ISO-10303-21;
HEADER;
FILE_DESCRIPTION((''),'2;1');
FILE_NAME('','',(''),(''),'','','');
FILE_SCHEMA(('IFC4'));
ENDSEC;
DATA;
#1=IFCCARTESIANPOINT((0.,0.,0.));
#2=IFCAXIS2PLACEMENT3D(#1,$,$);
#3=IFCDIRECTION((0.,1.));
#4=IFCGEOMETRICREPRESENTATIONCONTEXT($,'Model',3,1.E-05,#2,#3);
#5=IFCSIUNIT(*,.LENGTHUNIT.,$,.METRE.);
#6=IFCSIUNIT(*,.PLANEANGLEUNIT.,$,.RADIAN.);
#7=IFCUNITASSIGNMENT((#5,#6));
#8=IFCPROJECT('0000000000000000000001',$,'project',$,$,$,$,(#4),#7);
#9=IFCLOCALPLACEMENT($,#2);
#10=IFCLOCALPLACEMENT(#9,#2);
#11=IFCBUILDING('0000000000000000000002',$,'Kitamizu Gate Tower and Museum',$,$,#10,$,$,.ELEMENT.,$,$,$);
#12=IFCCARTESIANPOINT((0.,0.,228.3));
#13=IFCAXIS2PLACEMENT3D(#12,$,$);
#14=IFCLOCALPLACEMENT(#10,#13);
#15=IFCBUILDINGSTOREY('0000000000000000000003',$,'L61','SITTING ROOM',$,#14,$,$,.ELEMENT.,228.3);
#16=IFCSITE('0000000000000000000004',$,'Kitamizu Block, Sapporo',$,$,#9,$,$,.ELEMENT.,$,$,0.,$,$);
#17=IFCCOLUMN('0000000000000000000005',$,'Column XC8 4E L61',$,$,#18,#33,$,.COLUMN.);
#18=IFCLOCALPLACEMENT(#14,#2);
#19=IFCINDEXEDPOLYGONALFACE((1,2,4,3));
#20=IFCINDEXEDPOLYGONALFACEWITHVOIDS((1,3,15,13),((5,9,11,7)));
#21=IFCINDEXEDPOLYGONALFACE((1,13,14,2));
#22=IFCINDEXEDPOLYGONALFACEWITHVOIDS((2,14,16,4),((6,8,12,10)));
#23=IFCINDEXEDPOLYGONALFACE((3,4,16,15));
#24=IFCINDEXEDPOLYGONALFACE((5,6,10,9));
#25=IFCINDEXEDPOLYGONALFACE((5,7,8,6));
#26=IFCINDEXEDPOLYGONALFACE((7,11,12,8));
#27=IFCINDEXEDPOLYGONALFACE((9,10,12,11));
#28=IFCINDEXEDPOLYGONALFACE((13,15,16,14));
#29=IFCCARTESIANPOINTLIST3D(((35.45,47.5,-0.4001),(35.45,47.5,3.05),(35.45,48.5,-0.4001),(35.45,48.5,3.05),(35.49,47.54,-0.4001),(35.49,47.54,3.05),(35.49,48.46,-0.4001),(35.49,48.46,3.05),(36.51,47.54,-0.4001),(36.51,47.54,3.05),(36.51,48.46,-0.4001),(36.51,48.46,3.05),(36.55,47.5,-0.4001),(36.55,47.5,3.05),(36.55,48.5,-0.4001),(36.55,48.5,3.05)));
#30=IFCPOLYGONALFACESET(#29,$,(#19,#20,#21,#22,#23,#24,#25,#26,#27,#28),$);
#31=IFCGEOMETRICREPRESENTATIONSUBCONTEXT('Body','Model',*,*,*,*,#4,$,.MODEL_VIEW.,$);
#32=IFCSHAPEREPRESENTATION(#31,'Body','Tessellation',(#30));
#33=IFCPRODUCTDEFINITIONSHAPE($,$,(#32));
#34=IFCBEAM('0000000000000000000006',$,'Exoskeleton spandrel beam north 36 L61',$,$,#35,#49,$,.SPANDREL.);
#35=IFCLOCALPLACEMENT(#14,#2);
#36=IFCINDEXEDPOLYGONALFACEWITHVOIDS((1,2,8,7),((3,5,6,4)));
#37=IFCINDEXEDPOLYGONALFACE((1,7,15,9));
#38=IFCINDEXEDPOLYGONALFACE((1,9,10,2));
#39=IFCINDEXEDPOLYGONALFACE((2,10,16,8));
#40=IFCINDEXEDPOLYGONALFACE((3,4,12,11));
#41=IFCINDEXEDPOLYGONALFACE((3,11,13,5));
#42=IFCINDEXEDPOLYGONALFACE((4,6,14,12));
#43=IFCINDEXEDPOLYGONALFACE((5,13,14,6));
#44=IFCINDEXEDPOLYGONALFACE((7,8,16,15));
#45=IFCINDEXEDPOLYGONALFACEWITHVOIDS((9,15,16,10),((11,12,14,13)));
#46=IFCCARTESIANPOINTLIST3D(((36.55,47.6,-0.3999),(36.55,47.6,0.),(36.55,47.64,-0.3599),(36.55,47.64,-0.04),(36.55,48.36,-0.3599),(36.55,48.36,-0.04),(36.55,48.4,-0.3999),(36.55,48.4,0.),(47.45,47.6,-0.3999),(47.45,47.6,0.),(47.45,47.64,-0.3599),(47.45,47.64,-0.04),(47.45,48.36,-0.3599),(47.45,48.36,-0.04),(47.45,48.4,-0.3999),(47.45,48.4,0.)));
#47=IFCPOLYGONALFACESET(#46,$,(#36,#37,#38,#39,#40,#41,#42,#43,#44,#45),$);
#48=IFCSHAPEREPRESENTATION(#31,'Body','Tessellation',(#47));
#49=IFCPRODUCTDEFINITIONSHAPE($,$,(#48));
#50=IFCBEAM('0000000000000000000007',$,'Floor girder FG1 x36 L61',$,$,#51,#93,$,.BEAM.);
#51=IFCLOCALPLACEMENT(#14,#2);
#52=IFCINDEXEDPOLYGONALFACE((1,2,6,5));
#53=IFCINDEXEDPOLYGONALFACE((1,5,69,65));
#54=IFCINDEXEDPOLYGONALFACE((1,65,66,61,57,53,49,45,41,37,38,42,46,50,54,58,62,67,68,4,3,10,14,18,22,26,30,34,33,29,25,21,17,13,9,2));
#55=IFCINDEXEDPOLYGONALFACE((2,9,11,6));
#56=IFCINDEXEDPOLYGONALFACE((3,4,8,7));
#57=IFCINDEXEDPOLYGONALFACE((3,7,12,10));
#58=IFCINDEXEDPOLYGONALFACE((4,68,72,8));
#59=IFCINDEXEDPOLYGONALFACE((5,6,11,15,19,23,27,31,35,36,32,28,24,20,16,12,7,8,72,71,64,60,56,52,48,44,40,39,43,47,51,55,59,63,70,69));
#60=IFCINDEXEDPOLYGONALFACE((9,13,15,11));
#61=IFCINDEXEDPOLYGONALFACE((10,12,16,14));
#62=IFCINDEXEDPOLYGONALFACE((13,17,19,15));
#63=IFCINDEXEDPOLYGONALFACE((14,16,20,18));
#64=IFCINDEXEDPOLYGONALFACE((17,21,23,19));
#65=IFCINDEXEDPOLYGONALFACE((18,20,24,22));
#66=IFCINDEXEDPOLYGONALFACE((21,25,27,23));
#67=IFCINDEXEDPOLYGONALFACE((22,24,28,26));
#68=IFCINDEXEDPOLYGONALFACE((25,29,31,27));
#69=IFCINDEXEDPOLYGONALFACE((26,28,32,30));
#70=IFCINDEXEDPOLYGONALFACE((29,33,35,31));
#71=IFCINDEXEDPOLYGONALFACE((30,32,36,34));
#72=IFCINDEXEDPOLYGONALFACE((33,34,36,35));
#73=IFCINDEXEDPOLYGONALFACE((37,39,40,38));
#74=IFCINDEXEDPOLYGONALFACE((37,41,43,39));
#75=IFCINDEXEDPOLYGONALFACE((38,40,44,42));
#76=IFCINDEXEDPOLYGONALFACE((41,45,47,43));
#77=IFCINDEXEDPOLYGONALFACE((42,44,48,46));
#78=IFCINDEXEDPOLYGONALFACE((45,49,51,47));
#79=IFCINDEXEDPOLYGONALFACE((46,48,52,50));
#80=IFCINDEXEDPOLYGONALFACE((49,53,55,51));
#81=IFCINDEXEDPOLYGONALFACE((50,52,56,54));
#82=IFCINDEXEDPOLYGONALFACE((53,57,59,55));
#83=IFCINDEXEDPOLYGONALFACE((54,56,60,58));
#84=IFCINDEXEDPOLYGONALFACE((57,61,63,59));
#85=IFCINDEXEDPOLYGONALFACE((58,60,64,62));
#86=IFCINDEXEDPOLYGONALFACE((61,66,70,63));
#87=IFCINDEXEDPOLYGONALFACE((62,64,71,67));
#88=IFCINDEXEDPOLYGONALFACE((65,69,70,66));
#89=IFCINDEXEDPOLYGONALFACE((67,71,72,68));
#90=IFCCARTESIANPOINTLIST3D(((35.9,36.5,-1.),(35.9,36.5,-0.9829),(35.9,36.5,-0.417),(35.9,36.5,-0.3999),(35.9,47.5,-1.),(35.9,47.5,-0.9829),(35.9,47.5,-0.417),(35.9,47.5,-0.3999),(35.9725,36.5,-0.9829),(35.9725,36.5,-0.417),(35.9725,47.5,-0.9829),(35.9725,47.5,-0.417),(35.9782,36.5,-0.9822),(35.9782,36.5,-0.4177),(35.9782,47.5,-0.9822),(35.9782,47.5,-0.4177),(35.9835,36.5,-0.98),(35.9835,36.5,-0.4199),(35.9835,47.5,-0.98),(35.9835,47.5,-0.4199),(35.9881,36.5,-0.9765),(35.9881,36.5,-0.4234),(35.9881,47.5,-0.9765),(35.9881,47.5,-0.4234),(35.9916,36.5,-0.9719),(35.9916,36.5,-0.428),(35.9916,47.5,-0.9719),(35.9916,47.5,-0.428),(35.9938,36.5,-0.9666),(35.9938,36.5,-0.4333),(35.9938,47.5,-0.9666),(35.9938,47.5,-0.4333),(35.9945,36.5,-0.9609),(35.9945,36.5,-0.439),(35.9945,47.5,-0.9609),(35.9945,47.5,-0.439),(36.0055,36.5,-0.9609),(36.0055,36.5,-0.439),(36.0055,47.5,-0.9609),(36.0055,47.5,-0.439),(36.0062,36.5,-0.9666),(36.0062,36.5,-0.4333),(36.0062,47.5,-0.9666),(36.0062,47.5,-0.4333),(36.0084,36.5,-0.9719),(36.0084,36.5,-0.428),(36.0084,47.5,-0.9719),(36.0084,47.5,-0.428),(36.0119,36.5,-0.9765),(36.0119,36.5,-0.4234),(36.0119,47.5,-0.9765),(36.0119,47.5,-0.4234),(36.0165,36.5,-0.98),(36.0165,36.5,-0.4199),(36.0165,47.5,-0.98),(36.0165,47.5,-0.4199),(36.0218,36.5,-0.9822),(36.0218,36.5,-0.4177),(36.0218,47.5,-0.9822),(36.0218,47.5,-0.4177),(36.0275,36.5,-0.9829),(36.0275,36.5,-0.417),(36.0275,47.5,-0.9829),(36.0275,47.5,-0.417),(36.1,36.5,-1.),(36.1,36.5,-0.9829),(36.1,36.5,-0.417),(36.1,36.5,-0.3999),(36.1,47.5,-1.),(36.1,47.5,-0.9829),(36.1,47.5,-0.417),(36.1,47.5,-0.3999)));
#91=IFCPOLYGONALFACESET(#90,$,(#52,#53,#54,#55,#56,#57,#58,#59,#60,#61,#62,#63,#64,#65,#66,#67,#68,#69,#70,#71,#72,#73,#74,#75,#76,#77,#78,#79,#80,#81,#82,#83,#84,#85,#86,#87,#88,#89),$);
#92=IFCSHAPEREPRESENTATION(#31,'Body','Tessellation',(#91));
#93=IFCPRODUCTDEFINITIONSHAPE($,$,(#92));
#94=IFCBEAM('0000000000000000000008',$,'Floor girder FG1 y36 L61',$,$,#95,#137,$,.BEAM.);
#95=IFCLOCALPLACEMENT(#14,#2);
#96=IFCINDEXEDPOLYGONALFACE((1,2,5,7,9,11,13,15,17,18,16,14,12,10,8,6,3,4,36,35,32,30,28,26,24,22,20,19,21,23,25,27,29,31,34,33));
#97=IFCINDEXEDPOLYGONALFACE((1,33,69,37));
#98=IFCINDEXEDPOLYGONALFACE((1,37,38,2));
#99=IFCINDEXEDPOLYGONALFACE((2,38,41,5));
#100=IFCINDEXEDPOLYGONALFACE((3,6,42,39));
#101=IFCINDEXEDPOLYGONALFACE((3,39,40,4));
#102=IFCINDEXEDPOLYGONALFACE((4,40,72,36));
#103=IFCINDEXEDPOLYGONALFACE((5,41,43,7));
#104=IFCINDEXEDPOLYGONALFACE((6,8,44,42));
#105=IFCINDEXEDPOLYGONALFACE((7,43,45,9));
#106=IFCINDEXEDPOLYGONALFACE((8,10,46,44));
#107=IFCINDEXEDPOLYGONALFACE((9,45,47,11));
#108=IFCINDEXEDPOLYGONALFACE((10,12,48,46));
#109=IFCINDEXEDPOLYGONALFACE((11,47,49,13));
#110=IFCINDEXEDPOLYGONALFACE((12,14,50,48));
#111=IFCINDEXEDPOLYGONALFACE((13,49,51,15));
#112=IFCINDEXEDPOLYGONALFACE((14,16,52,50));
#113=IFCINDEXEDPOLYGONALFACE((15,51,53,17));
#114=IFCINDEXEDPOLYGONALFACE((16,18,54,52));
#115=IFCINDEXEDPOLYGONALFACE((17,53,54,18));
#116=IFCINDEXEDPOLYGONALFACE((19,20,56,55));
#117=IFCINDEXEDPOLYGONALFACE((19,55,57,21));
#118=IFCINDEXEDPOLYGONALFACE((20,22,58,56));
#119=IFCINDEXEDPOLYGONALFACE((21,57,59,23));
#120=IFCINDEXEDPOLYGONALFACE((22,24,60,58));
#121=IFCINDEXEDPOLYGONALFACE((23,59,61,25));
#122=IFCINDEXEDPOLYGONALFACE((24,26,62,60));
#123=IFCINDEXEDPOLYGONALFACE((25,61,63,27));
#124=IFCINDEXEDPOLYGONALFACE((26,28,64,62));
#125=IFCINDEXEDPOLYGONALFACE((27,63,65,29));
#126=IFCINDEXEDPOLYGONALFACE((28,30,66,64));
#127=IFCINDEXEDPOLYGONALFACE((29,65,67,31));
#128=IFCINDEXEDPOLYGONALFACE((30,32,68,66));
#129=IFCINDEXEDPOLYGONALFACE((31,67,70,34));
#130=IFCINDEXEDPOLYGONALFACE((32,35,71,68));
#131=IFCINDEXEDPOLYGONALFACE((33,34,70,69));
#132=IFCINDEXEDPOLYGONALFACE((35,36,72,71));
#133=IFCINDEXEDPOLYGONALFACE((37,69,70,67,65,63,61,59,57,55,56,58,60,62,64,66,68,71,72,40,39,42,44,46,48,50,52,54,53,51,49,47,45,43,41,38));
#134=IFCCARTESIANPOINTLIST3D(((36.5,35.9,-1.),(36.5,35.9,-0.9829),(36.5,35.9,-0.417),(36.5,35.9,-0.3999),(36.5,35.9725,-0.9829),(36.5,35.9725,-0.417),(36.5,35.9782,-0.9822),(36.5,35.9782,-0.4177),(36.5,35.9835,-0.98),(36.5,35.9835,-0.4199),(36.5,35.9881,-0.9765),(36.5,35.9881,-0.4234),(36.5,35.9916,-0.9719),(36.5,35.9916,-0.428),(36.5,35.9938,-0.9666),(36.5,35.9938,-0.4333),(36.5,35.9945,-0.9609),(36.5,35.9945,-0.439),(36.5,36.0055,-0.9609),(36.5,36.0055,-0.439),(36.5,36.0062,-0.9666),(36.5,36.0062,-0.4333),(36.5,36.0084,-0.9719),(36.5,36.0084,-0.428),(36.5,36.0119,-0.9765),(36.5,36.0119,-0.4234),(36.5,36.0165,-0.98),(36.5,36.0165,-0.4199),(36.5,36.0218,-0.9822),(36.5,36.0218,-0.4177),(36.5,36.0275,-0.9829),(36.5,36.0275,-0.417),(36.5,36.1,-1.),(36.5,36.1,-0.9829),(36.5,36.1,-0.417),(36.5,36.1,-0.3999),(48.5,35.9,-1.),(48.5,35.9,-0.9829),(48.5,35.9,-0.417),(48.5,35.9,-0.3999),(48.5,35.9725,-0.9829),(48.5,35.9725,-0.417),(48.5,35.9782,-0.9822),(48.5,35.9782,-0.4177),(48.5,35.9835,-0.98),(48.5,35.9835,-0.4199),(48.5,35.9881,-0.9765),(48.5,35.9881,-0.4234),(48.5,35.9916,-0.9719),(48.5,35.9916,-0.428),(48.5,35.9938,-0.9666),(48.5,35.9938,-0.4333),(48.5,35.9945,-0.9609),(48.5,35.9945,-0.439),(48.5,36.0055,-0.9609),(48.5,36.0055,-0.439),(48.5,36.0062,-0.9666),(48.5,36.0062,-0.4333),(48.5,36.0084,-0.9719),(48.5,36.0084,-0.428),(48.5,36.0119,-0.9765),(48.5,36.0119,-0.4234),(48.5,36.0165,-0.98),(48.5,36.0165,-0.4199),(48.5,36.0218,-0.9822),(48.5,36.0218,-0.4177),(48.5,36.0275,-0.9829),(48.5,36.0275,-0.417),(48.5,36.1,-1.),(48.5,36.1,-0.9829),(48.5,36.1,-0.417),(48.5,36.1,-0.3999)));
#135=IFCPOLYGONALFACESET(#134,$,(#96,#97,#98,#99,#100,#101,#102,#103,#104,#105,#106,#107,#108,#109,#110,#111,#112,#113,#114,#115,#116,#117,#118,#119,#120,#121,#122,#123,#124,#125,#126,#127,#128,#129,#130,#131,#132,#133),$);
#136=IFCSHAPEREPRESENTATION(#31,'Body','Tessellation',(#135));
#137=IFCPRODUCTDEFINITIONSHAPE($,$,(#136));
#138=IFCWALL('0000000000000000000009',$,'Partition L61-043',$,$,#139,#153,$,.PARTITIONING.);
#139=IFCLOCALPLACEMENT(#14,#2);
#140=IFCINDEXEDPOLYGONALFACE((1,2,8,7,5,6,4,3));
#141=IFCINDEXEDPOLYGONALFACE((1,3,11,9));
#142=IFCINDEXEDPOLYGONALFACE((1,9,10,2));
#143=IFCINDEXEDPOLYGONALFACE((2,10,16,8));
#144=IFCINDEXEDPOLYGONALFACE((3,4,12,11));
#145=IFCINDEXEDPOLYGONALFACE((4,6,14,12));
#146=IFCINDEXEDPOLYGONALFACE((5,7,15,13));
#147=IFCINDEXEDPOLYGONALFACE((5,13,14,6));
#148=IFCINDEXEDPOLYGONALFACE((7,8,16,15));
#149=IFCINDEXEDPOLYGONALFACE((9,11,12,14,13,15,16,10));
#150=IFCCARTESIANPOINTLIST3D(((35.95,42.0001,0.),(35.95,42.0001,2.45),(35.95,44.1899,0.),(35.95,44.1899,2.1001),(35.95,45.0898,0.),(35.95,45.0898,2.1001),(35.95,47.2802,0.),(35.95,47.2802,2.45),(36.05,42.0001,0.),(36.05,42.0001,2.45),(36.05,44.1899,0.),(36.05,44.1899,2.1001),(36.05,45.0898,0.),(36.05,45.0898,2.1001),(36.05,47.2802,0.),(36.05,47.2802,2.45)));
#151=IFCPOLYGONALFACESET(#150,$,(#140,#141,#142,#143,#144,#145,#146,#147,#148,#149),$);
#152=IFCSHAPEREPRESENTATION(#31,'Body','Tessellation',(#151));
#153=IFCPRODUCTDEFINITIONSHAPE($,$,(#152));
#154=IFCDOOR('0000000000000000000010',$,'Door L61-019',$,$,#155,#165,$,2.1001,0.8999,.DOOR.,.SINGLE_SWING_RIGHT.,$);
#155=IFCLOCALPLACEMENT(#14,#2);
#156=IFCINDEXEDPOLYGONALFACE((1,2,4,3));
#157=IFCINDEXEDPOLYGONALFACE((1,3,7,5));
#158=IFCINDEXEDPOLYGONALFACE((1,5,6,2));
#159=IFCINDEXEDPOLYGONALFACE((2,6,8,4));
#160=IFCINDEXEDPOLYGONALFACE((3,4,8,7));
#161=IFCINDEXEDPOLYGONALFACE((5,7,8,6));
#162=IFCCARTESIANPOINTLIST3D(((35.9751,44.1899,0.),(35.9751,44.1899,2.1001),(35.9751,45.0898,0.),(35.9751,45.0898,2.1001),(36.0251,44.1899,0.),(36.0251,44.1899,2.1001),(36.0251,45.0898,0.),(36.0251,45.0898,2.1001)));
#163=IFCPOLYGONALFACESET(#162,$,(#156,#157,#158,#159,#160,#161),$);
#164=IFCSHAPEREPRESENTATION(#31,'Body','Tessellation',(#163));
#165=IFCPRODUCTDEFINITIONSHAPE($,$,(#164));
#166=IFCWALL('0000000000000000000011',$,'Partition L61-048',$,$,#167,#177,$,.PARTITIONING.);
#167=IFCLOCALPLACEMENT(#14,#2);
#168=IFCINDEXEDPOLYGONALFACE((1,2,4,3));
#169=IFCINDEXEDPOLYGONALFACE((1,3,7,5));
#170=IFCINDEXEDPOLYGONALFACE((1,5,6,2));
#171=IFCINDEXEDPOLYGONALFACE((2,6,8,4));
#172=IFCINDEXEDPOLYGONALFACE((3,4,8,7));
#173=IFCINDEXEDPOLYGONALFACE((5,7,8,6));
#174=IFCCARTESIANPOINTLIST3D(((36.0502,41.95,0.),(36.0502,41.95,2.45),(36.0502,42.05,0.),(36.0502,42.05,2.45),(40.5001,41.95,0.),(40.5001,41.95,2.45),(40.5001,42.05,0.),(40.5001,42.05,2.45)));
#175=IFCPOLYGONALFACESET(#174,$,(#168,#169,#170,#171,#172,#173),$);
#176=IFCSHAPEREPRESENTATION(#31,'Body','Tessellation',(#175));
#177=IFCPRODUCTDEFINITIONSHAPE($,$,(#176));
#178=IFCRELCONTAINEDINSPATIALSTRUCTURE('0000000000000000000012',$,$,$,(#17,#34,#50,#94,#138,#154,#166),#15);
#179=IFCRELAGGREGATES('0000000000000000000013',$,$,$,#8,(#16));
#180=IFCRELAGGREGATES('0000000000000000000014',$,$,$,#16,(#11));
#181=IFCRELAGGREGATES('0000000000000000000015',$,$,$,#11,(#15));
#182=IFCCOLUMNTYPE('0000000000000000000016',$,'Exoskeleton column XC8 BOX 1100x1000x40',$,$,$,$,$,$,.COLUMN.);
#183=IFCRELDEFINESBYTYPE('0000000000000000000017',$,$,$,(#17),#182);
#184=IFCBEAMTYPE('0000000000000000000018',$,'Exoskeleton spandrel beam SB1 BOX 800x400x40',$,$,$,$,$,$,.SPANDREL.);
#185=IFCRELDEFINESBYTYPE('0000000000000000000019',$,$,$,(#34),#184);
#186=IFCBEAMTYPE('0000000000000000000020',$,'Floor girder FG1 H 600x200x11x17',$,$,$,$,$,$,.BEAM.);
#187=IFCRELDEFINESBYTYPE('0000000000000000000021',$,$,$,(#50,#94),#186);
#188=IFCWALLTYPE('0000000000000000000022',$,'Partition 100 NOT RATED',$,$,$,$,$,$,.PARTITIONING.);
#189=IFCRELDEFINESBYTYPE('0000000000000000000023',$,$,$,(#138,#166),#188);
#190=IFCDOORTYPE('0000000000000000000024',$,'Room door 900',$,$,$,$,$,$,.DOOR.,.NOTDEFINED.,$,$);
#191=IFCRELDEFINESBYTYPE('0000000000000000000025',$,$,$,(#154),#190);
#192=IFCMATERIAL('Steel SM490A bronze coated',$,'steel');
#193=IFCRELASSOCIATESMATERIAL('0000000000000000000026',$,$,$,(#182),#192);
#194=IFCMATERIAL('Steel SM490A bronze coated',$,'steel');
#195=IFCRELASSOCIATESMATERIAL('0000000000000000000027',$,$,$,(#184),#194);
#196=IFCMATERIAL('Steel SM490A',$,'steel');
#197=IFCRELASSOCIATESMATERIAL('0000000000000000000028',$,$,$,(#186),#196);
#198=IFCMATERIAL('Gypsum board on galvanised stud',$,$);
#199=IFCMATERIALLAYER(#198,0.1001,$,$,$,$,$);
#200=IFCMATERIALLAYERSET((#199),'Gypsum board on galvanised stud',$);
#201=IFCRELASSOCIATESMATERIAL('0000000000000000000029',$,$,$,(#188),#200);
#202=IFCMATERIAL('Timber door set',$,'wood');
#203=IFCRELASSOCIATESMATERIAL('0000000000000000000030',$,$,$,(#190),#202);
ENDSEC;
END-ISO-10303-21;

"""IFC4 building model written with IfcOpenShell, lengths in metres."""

from ifc_helpers import new_model, si_unit, direction, frame, frame_2d, origin, origin_2d, place, context, subcontext, project, spatial, rectangle, hollow_rectangle, i_section, extrude, material, layer, layer_set, material_profile, profile_set, type_object, element, fill, save


model = new_model("IFC4")

# Units and contexts
model_context = context("Model", 3, precision=1e-05, world=origin(), true_north=direction((0.0, 1.0)))
body_context = subcontext(model_context, "Body", "Model", "MODEL_VIEW")
ifc_project = project(units=[si_unit("LENGTHUNIT", "METRE"), si_unit("PLANEANGLEUNIT", "RADIAN")], contexts=[model_context])

# Site, building, storey
site_placement = place(None, origin())
site = spatial("IfcSite", under=ifc_project, at=site_placement, Name="Kitamizu Block, Sapporo", CompositionType="ELEMENT", RefElevation=0.0)
building_placement = place(site_placement, origin())
building = spatial("IfcBuilding", under=site, at=building_placement, Name="Kitamizu Gate Tower and Museum", CompositionType="ELEMENT")
storey_placement = place(building_placement, frame((0.0, 0.0, 228.3)))
storey = spatial("IfcBuildingStorey", under=building, at=storey_placement, Name="L61", Description="SITTING ROOM", CompositionType="ELEMENT", Elevation=228.3)

# Column
ifc_material_1 = material(Name="Steel SM490A bronze coated", Category="steel")
ifc_material_profile_1 = material_profile(ifc_material_1, hollow_rectangle(XDim=1.1001, YDim=1.0, WallThickness=0.04, at=origin_2d()), Name="BOX 1100x1000x40")
ifc_profile_set_1 = profile_set([ifc_material_profile_1], Name="Steel SM490A bronze coated")
column_type = type_object("IfcColumnType", Name="Exoskeleton column XC8 BOX 1100x1000x40", PredefinedType="COLUMN", material=ifc_profile_set_1)
column_placement = place(storey_placement, frame((36.0, 48.0, -0.4001), z_axis=(0.0, 0.0, 1.0), x_axis=(1.0, 0.0, 0.0)))
element("IfcColumn", 1, at=column_placement, inside=storey, type_object=column_type, Name="Column XC8 4E L61", PredefinedType="COLUMN", context=body_context, shape_type="SweptSolid", body=[
    extrude(hollow_rectangle(XDim=1.1001, YDim=1.0, WallThickness=0.04, at=origin_2d()), origin(), (0.0, 0.0, 1.0), 3.4502),
])

# Beams
ifc_material_2 = material(Name="Steel SM490A bronze coated", Category="steel")
ifc_material_profile_2 = material_profile(ifc_material_2, hollow_rectangle(XDim=0.8, YDim=0.3999, WallThickness=0.04, at=origin_2d()), Name="BOX 800x400x40")
ifc_profile_set_2 = profile_set([ifc_material_profile_2], Name="Steel SM490A bronze coated")
beam_type_1 = type_object("IfcBeamType", Name="Exoskeleton spandrel beam SB1 BOX 800x400x40", PredefinedType="SPANDREL", material=ifc_profile_set_2)
beam_1_placement = place(storey_placement, frame((36.55, 48.0, -0.2), z_axis=(1.0, 0.0, 0.0), x_axis=(0.0, 1.0, 0.0)))
element("IfcBeam", 2, at=beam_1_placement, inside=storey, type_object=beam_type_1, Name="Exoskeleton spandrel beam north 36 L61", PredefinedType="SPANDREL", context=body_context, shape_type="SweptSolid", body=[
    extrude(hollow_rectangle(XDim=0.8, YDim=0.3999, WallThickness=0.04, at=origin_2d()), origin(), (0.0, 0.0, 1.0), 10.8999),
])
ifc_material_3 = material(Name="Steel SM490A", Category="steel")
ifc_material_profile_3 = material_profile(ifc_material_3, i_section(OverallWidth=0.2, OverallDepth=0.6001, WebThickness=0.011, FlangeThickness=0.0171, FilletRadius=0.022, at=origin_2d()), Name="H-600x200x11x17")
ifc_profile_set_3 = profile_set([ifc_material_profile_3], Name="Steel SM490A")
beam_type_2 = type_object("IfcBeamType", Name="Floor girder FG1 H 600x200x11x17", PredefinedType="BEAM", material=ifc_profile_set_3)
beam_2_placement = place(storey_placement, frame((36.0, 36.5, -0.7), z_axis=(0.0, 1.0, 0.0), x_axis=(-1.0, 0.0, 0.0)))
element("IfcBeam", 3, at=beam_2_placement, inside=storey, type_object=beam_type_2, Name="Floor girder FG1 x36 L61", PredefinedType="BEAM", context=body_context, shape_type="SweptSolid", body=[
    extrude(i_section(OverallWidth=0.2, OverallDepth=0.6001, WebThickness=0.011, FlangeThickness=0.0171, FilletRadius=0.022, at=origin_2d()), origin(), (0.0, 0.0, 1.0), 11.0),
])
beam_3_placement = place(storey_placement, frame((36.5, 36.0, -0.7), z_axis=(1.0, 0.0, 0.0), x_axis=(0.0, 1.0, 0.0)))
element("IfcBeam", 4, at=beam_3_placement, inside=storey, type_object=beam_type_2, Name="Floor girder FG1 y36 L61", PredefinedType="BEAM", context=body_context, shape_type="SweptSolid", body=[
    extrude(i_section(OverallWidth=0.2, OverallDepth=0.6001, WebThickness=0.011, FlangeThickness=0.0171, FilletRadius=0.022, at=origin_2d()), origin(), (0.0, 0.0, 1.0), 12.0),
])

# Wall, opening, door
ifc_material_4 = material(Name="Gypsum board on galvanised stud")
ifc_layer_1 = layer(ifc_material_4, 0.1001)
ifc_layer_set_1 = layer_set([ifc_layer_1], Name="Gypsum board on galvanised stud")
wall_type_1 = type_object("IfcWallType", Name="Partition 100 NOT RATED", PredefinedType="PARTITIONING", material=ifc_layer_set_1)
wall_1_placement = place(storey_placement, frame((36.0, 42.0, 0.0), z_axis=(0.0, 0.0, 1.0), x_axis=(0.0, 1.0, 0.0)))
wall_1 = element("IfcWall", 5, at=wall_1_placement, inside=storey, type_object=wall_type_1, Name="Partition L61-043", PredefinedType="PARTITIONING", context=body_context, shape_type="SweptSolid", body=[
    extrude(rectangle(XDim=5.28, YDim=0.1001, at=frame_2d((2.6401, 0.0))), origin(), (0.0, 0.0, 1.0), 2.45),
])
opening_1_placement = place(wall_1_placement, frame((2.1899, 0.0, 0.0)))
opening_1 = element("IfcOpeningElement", 6, at=opening_1_placement, cuts=wall_1, PredefinedType="OPENING", context=body_context, shape_type="SweptSolid", body=[
    extrude(rectangle(XDim=0.8999, YDim=2.1001, at=frame_2d((0.45, 1.05))), frame((0.0, 0.0601, 0.0), z_axis=(0.0, -1.0, 0.0), x_axis=(1.0, 0.0, 0.0)), (0.0, 0.0, 1.0), 0.1201),
])
ifc_material_5 = material(Name="Timber door set", Category="wood")
door_type_1 = type_object("IfcDoorType", Name="Room door 900", OperationType="NOTDEFINED", PredefinedType="DOOR", material=ifc_material_5)
door_1_placement = place(opening_1_placement, origin())
door_1 = element("IfcDoor", 7, at=door_1_placement, inside=storey, type_object=door_type_1, Name="Door L61-019", OperationType="SINGLE_SWING_RIGHT", OverallHeight=2.1001, OverallWidth=0.8999, PredefinedType="DOOR", context=body_context, shape_type="SweptSolid", body=[
    extrude(rectangle(XDim=0.8999, YDim=2.1001, at=frame_2d((0.45, 1.05))), frame((0.0, 0.0249, 0.0), z_axis=(0.0, -1.0, 0.0), x_axis=(1.0, 0.0, 0.0)), (0.0, 0.0, 1.0), 0.05),
])
fill(opening_1, door_1)

# Wall
wall_2_placement = place(storey_placement, frame((36.05, 42.0, 0.0), z_axis=(0.0, 0.0, 1.0), x_axis=(1.0, 0.0, 0.0)))
element("IfcWall", 8, at=wall_2_placement, inside=storey, type_object=wall_type_1, Name="Partition L61-048", PredefinedType="PARTITIONING", context=body_context, shape_type="SweptSolid", body=[
    extrude(rectangle(XDim=4.45, YDim=0.1001, at=frame_2d((2.2251, 0.0))), origin(), (0.0, 0.0, 1.0), 2.45),
])

save(model, "model.ifc")
